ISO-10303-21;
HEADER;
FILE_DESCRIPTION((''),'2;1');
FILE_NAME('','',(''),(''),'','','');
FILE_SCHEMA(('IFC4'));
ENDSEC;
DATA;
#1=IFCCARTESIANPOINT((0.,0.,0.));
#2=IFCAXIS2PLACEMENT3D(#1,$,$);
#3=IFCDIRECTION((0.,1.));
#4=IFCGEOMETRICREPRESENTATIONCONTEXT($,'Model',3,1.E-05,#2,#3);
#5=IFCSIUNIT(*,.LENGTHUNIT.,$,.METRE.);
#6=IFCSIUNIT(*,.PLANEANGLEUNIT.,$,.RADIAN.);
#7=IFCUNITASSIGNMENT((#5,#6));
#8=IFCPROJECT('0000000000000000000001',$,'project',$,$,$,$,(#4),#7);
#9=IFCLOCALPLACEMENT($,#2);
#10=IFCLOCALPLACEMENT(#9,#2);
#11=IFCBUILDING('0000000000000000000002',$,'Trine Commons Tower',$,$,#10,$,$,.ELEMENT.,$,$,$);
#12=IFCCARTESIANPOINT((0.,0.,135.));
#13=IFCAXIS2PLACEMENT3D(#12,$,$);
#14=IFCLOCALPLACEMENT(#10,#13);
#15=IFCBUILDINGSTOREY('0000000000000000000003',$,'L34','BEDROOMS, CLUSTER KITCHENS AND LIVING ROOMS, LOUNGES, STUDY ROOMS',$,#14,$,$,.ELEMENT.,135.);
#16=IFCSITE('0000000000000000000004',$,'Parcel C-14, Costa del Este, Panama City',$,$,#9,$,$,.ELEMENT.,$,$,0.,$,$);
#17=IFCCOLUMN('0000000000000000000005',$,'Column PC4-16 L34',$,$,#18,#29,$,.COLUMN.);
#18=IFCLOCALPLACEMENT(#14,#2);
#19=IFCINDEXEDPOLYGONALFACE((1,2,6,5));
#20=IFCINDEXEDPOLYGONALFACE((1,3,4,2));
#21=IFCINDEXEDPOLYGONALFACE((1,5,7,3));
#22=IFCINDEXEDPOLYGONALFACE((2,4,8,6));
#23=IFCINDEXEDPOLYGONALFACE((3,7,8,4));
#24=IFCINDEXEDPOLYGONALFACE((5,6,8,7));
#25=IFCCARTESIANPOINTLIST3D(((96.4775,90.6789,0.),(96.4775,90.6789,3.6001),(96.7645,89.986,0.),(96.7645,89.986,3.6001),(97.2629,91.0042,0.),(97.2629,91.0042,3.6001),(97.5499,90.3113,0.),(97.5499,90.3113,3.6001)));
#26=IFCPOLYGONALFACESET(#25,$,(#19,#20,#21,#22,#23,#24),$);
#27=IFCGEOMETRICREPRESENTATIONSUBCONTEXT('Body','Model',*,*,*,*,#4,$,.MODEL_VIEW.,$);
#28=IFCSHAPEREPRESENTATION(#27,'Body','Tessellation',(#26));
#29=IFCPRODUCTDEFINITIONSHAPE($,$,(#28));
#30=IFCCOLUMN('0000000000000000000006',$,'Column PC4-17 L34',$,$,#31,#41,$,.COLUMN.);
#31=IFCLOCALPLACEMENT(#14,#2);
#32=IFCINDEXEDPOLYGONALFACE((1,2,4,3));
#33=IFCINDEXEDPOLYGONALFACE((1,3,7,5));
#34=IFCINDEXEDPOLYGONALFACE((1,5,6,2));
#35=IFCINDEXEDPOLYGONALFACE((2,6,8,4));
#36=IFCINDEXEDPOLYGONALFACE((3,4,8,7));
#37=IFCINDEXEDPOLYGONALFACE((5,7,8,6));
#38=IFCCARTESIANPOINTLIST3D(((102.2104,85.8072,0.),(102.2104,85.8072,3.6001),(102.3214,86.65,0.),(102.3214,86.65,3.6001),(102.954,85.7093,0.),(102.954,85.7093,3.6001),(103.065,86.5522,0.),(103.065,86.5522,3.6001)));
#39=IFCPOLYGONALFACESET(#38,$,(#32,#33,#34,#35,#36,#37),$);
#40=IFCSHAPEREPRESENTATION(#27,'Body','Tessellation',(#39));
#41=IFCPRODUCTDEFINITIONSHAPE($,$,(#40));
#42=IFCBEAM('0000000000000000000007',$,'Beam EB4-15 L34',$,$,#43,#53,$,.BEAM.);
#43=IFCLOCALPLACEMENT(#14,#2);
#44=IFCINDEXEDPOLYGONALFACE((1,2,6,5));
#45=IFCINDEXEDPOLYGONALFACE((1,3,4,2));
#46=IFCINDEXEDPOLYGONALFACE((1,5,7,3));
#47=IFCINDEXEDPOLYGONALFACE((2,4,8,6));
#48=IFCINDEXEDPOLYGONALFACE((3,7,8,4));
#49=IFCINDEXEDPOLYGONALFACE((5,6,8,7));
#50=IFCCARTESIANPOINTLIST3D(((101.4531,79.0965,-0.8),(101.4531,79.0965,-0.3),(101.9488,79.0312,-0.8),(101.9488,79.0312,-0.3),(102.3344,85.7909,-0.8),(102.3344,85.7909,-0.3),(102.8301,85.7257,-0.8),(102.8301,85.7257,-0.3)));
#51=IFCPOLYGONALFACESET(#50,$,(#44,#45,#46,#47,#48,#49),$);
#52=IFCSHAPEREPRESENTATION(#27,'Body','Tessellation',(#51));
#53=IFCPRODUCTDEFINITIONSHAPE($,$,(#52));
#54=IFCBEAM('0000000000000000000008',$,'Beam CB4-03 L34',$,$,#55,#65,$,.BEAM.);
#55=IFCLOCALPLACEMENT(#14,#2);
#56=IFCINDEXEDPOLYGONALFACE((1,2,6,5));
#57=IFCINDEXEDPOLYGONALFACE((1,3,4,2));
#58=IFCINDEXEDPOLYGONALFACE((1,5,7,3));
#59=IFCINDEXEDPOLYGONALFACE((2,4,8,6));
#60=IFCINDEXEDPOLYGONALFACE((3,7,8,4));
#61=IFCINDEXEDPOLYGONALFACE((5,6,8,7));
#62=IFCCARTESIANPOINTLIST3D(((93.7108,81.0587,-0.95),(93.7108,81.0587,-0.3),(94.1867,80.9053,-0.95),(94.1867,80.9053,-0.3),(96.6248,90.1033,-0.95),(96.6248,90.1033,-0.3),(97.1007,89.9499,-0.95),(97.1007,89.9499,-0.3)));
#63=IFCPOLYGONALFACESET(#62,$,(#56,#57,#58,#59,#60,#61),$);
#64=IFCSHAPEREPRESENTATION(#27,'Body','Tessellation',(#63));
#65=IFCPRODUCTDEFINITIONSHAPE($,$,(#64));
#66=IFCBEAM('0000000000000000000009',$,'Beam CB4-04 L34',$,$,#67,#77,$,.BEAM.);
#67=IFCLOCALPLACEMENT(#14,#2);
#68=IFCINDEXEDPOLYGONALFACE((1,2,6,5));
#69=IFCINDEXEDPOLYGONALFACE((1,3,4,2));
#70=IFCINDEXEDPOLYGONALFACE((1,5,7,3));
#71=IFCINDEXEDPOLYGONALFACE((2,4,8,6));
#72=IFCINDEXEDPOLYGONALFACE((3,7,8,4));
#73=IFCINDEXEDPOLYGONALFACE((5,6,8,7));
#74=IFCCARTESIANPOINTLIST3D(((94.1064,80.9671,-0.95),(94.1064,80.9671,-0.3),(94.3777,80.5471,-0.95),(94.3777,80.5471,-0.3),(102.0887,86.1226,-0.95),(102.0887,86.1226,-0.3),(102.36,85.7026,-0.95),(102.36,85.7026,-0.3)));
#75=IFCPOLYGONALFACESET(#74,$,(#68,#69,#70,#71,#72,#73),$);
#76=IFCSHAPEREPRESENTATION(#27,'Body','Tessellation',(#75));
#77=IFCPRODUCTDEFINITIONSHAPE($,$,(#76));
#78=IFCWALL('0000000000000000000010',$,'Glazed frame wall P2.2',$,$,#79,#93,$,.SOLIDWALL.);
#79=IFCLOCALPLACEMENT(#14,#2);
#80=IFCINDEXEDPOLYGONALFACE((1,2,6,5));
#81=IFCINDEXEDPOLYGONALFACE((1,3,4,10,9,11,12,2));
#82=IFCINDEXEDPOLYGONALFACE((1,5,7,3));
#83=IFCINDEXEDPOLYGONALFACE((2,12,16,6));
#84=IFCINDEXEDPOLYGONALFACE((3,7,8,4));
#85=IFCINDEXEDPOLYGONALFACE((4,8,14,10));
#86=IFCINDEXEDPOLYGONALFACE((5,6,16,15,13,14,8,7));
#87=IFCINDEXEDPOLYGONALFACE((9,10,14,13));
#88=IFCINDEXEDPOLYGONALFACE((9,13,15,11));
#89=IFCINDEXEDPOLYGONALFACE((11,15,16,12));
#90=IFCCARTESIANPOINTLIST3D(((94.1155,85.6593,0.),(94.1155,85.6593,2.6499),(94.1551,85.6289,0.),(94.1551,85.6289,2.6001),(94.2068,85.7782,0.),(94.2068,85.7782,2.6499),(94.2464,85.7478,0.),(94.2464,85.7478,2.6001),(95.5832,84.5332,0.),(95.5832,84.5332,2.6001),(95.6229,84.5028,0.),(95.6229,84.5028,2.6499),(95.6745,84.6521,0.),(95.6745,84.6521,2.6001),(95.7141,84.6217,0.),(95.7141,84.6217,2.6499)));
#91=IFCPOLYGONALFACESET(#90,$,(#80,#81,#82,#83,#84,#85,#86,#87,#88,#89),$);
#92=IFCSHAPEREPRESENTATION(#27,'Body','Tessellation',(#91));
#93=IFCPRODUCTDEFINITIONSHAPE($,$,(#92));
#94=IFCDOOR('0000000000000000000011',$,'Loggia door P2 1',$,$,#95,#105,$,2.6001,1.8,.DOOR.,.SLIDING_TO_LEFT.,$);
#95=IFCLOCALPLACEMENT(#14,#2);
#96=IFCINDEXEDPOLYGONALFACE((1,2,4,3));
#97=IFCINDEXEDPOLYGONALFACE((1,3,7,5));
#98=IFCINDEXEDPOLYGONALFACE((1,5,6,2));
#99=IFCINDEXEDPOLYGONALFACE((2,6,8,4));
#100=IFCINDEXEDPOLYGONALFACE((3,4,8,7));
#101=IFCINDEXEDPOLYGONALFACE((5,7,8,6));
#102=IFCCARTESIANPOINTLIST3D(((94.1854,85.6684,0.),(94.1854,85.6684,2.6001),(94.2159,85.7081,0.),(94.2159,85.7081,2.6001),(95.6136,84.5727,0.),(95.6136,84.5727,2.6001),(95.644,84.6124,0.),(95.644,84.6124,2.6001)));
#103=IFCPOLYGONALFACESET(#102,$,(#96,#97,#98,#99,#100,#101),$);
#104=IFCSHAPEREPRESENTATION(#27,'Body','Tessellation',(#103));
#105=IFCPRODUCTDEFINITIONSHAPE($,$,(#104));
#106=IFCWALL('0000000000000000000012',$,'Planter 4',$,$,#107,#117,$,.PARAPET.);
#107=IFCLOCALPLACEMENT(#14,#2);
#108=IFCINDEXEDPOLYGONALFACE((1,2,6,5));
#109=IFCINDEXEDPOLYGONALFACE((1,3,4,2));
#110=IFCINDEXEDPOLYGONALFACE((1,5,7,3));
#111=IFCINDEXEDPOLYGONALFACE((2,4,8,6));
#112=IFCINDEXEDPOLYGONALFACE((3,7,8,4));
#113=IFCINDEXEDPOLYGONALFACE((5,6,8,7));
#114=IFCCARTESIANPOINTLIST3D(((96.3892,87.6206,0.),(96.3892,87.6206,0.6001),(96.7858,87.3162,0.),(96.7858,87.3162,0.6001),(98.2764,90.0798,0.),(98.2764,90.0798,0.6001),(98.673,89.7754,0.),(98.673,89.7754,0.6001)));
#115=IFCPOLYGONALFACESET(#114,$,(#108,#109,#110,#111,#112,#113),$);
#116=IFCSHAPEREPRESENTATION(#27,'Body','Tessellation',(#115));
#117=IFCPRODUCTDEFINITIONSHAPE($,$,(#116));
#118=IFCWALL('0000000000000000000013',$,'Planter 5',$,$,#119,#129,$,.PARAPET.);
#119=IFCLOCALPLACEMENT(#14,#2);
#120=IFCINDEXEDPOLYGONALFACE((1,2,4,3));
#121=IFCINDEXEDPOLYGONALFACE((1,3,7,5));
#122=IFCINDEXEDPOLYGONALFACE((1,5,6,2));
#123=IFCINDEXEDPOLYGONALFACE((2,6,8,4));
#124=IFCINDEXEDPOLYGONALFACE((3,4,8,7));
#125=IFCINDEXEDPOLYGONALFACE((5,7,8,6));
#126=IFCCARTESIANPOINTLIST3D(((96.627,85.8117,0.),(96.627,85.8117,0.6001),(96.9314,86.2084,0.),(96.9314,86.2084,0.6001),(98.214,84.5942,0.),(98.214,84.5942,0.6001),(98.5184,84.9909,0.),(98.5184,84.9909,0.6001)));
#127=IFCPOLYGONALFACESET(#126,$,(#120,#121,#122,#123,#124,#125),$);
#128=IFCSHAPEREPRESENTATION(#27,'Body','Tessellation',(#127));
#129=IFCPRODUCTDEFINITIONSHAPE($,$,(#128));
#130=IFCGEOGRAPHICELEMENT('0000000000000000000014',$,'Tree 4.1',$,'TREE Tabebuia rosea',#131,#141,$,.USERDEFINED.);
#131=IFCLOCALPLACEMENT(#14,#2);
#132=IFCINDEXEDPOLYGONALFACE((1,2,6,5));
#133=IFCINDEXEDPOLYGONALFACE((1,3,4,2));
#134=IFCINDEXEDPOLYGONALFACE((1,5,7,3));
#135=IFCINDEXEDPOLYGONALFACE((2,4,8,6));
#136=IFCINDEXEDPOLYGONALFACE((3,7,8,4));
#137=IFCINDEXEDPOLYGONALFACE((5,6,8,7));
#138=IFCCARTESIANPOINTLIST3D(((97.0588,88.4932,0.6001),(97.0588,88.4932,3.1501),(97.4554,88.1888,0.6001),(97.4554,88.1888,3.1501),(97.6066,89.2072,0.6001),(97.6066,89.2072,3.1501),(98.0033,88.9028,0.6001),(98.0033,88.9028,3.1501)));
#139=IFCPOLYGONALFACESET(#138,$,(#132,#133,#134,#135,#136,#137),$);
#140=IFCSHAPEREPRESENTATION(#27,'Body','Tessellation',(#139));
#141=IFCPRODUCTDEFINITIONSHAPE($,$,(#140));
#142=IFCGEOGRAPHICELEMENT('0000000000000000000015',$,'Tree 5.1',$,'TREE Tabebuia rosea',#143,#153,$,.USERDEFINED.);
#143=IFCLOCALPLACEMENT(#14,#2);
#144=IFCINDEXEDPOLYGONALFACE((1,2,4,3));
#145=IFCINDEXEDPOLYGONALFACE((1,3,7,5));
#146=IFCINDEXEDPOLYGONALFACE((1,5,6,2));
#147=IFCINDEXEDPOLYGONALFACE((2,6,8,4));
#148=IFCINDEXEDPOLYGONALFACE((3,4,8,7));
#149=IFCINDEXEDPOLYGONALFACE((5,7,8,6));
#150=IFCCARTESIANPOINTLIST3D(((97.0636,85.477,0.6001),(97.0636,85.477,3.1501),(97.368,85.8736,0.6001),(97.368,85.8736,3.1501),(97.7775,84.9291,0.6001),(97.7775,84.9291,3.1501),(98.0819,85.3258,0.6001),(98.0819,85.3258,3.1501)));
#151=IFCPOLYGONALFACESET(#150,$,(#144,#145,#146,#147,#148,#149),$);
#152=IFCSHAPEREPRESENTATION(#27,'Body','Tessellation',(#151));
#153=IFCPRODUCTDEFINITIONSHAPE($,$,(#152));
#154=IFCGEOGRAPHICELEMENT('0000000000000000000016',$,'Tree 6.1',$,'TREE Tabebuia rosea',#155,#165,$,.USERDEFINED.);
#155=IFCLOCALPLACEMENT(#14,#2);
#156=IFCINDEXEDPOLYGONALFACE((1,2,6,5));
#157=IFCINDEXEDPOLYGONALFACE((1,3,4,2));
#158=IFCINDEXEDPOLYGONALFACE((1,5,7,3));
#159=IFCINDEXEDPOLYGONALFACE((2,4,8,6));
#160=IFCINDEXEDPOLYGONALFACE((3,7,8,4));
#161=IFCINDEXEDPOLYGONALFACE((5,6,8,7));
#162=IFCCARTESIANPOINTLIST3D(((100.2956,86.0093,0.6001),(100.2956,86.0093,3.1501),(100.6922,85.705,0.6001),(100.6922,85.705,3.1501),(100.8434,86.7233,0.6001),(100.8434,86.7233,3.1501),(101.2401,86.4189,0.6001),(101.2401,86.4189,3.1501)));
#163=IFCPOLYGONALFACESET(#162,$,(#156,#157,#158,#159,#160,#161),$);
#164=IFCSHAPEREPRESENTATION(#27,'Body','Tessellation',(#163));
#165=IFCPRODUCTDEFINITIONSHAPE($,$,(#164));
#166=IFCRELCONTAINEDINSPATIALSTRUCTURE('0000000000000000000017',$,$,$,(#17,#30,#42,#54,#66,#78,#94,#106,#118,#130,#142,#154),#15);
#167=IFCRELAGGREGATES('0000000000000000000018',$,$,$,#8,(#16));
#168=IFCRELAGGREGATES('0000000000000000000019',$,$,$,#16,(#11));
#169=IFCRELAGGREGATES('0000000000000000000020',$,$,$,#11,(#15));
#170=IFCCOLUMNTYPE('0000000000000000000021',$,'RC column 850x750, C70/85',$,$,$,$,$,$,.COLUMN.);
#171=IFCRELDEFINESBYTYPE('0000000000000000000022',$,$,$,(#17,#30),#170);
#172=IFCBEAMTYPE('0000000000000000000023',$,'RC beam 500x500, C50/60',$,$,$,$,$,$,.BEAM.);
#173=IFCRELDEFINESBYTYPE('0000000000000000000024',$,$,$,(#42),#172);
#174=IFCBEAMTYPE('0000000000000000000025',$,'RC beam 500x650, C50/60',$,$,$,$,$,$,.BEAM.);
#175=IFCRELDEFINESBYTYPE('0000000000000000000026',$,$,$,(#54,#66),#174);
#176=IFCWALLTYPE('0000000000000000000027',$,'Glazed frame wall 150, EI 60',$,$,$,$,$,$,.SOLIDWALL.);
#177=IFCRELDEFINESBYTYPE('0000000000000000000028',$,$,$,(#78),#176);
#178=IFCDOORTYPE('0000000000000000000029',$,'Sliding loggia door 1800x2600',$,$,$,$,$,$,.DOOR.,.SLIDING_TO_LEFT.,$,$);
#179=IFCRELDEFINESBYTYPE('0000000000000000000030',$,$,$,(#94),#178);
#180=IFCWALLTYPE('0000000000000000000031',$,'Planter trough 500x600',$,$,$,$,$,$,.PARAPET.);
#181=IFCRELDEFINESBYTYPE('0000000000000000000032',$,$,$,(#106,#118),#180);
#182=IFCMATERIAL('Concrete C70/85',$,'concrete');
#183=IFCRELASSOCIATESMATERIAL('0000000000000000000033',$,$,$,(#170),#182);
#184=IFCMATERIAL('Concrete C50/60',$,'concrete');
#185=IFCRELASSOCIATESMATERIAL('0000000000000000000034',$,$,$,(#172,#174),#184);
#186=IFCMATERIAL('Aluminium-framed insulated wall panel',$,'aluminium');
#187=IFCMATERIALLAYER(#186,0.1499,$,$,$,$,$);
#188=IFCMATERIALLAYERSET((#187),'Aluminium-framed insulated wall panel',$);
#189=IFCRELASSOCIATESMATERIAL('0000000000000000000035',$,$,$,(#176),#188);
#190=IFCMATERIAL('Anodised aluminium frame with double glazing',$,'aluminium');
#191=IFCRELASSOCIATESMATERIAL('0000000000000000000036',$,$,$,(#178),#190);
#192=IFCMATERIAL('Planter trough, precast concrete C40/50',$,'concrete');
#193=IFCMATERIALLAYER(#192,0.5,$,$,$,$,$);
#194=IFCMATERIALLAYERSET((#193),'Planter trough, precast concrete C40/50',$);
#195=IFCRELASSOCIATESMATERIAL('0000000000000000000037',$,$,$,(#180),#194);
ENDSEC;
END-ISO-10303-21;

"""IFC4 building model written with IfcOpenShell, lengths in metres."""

from ifc_helpers import new_model, si_unit, direction, frame, frame_2d, origin, origin_2d, place, context, subcontext, project, spatial, polyline, rectangle, outline, extrude, material, layer, layer_set, material_profile, profile_set, type_object, element, fill, save


model = new_model("IFC4")

# Units and contexts
model_context = context("Model", 3, precision=1e-05, world=origin(), true_north=direction((0.0, 1.0)))
body_context = subcontext(model_context, "Body", "Model", "MODEL_VIEW")
ifc_project = project(units=[si_unit("LENGTHUNIT", "METRE"), si_unit("PLANEANGLEUNIT", "RADIAN")], contexts=[model_context])

# Site, building, storey
site_placement = place(None, origin())
site = spatial("IfcSite", under=ifc_project, at=site_placement, Name="Parcel C-14, Costa del Este, Panama City", CompositionType="ELEMENT", RefElevation=0.0)
building_placement = place(site_placement, origin())
building = spatial("IfcBuilding", under=site, at=building_placement, Name="Trine Commons Tower", CompositionType="ELEMENT")
storey_placement = place(building_placement, frame((0.0, 0.0, 135.0)))
storey = spatial("IfcBuildingStorey", under=building, at=storey_placement, Name="L34", Description="BEDROOMS, CLUSTER KITCHENS AND LIVING ROOMS, LOUNGES, STUDY ROOMS", CompositionType="ELEMENT", Elevation=135.0)

# Columns
ifc_material_1 = material(Name="Concrete C70/85", Category="concrete")
ifc_material_profile_1 = material_profile(ifc_material_1, rectangle(XDim=0.8501, YDim=0.75, at=origin_2d()), Name="RC 850x750")
ifc_profile_set_1 = profile_set([ifc_material_profile_1], Name="Concrete C70/85")
column_type = type_object("IfcColumnType", Name="RC column 850x750, C70/85", PredefinedType="COLUMN", material=ifc_profile_set_1)
for number, where, z_axis, x_axis, name in (
    (1, (97.0137, 90.4951, 0.0), (0.0, 0.0, 1.0), (0.92388, 0.382683, 0.0), "Column PC4-16 L34"),
    (2, (102.6377, 86.1797, 0.0), (0.0, 0.0, 1.0), (0.130526, 0.991445, 0.0), "Column PC4-17 L34"),
):
    element("IfcColumn", number, at=place(storey_placement, frame(where, z_axis=z_axis, x_axis=x_axis)), inside=storey, type_object=column_type, Name=name, PredefinedType="COLUMN", context=body_context, shape_type="SweptSolid", body=[
        extrude(rectangle(XDim=0.8501, YDim=0.75, at=origin_2d()), origin(), (0.0, 0.0, 1.0), 3.6001),
    ])

# Beams
ifc_material_2 = material(Name="Concrete C50/60", Category="concrete")
ifc_material_profile_2 = material_profile(ifc_material_2, rectangle(XDim=0.5, YDim=0.5, at=origin_2d()), Name="RC 500x500")
ifc_profile_set_2 = profile_set([ifc_material_profile_2], Name="Concrete C50/60")
beam_type_1 = type_object("IfcBeamType", Name="RC beam 500x500, C50/60", PredefinedType="BEAM", material=ifc_profile_set_2)
beam_placement = place(storey_placement, frame((102.5823, 85.7583, -0.55), z_axis=(-0.130529, -0.991444, 0.0), x_axis=(0.991444, -0.130529, 0.0)))
element("IfcBeam", 3, at=beam_placement, inside=storey, type_object=beam_type_1, Name="Beam EB4-15 L34", PredefinedType="BEAM", context=body_context, shape_type="SweptSolid", body=[
    extrude(rectangle(XDim=0.5, YDim=0.5, at=origin_2d()), origin(), (0.0, 0.0, 1.0), 6.7522),
])
ifc_material_profile_3 = material_profile(ifc_material_2, rectangle(XDim=0.5, YDim=0.6499, at=origin_2d()), Name="RC 500x650")
ifc_profile_set_3 = profile_set([ifc_material_profile_3], Name="Concrete C50/60")
beam_type_2 = type_object("IfcBeamType", Name="RC beam 500x650, C50/60", PredefinedType="BEAM", material=ifc_profile_set_3)
for number, where, z_axis, x_axis, name in (
    (4, (96.8628, 90.0266, -0.625), (-0.306662, -0.951818, 0.0), (0.951818, -0.306662, 0.0), "Beam CB4-03 L34"),
    (5, (102.2244, 85.9126, -0.625), (-0.84003, -0.542541, 0.0), (0.542541, -0.84003, 0.0), "Beam CB4-04 L34"),
):
    element("IfcBeam", number, at=place(storey_placement, frame(where, z_axis=z_axis, x_axis=x_axis)), inside=storey, type_object=beam_type_2, Name=name, PredefinedType="BEAM", context=body_context, shape_type="SweptSolid", body=[
        extrude(rectangle(XDim=0.5, YDim=0.6499, at=origin_2d()), origin(), (0.0, 0.0, 1.0), 9.5024),
    ])

# Shared definitions
ifc_material_3 = material(Name="Aluminium-framed insulated wall panel", Category="aluminium")
ifc_layer_1 = layer(ifc_material_3, 0.1499)
ifc_layer_set_1 = layer_set([ifc_layer_1], Name="Aluminium-framed insulated wall panel")
wall_type_1 = type_object("IfcWallType", Name="Glazed frame wall 150, EI 60", PredefinedType="SOLIDWALL", material=ifc_layer_set_1)

# Wall, opening, door
wall_1_placement = place(storey_placement, frame((94.1611, 85.7188, 0.0), z_axis=(0.0, 0.0, 1.0), x_axis=(0.793383, -0.608723, 0.0)))
wall_1 = element("IfcWall", 6, at=wall_1_placement, inside=storey, type_object=wall_type_1, Name="Glazed frame wall P2.2", PredefinedType="SOLIDWALL", context=body_context, shape_type="SweptSolid", body=[
    extrude(outline(polyline([(0.0, -0.075), (1.8999, -0.075), (1.8999, 0.075), (0.0, 0.075), (0.0, -0.075)])), origin(), (0.0, 0.0, 1.0), 2.6499),
])
opening_placement = place(wall_1_placement, frame((0.05, 0.0, 0.0)))
opening = element("IfcOpeningElement", 7, at=opening_placement, cuts=wall_1, PredefinedType="OPENING", context=body_context, shape_type="SweptSolid", body=[
    extrude(rectangle(XDim=1.8, YDim=2.6001, at=frame_2d((0.8999, 1.3))), frame((0.0, 0.085, 0.0), z_axis=(0.0, -1.0, 0.0), x_axis=(1.0, 0.0, 0.0)), (0.0, 0.0, 1.0), 0.1699),
])
ifc_material_4 = material(Name="Anodised aluminium frame with double glazing", Category="aluminium")
door_type = type_object("IfcDoorType", Name="Sliding loggia door 1800x2600", OperationType="SLIDING_TO_LEFT", PredefinedType="DOOR", material=ifc_material_4)
door_placement = place(opening_placement, origin())
door = element("IfcDoor", 8, at=door_placement, inside=storey, type_object=door_type, Name="Loggia door P2 1", OperationType="SLIDING_TO_LEFT", OverallHeight=2.6001, OverallWidth=1.8, PredefinedType="DOOR", context=body_context, shape_type="SweptSolid", body=[
    extrude(rectangle(XDim=1.8, YDim=2.6001, at=frame_2d((0.8999, 1.3))), frame((0.0, 0.0249, 0.0), z_axis=(0.0, -1.0, 0.0), x_axis=(1.0, 0.0, 0.0)), (0.0, 0.0, 1.0), 0.05),
])
fill(opening, door)

# Walls
ifc_material_5 = material(Name="Planter trough, precast concrete C40/50", Category="concrete")
ifc_layer_2 = layer(ifc_material_5, 0.5)
ifc_layer_set_2 = layer_set([ifc_layer_2], Name="Planter trough, precast concrete C40/50")
wall_type_2 = type_object("IfcWallType", Name="Planter trough 500x600", PredefinedType="PARAPET", material=ifc_layer_set_2)
wall_2_placement = place(storey_placement, frame((98.4746, 89.9275, 0.0), z_axis=(0.0, 0.0, 1.0), x_axis=(-0.608797, -0.793326, 0.0)))
element("IfcWall", 9, at=wall_2_placement, inside=storey, type_object=wall_type_2, Name="Planter 4", PredefinedType="PARAPET", context=body_context, shape_type="SweptSolid", body=[
    extrude(rectangle(XDim=3.0999, YDim=0.5, at=frame_2d((1.5498, 0.0))), origin(), (0.0, 0.0, 1.0), 0.6001),
])
wall_3_placement = place(storey_placement, frame((96.7793, 86.01, 0.0), z_axis=(0.0, 0.0, 1.0), x_axis=(0.79339, -0.608713, 0.0)))
element("IfcWall", 10, at=wall_3_placement, inside=storey, type_object=wall_type_2, Name="Planter 5", PredefinedType="PARAPET", context=body_context, shape_type="SweptSolid", body=[
    extrude(rectangle(XDim=2.0002, YDim=0.5, at=frame_2d((1.0, 0.0))), origin(), (0.0, 0.0, 1.0), 0.6001),
])

# Geographic elements
for number, where, z_axis, x_axis, name in (
    (11, (97.531, 88.698, 0.6001), (0.0, 0.0, 1.0), (-0.608755, -0.793359, 0.0), "Tree 4.1"),
    (12, (97.5728, 85.4014, 0.6001), (0.0, 0.0, 1.0), (0.793335, -0.608785, 0.0), "Tree 5.1"),
    (13, (100.7678, 86.2141, 0.6001), (0.0, 0.0, 1.0), (0.608768, 0.793348, 0.0), "Tree 6.1"),
):
    element("IfcGeographicElement", number, at=place(storey_placement, frame(where, z_axis=z_axis, x_axis=x_axis)), inside=storey, Name=name, ObjectType="TREE Tabebuia rosea", PredefinedType="USERDEFINED", context=body_context, shape_type="SweptSolid", body=[
        extrude(rectangle(XDim=0.8999, YDim=0.5, at=origin_2d()), origin(), (0.0, 0.0, 1.0), 2.55),
    ])

save(model, "model.ifc")
